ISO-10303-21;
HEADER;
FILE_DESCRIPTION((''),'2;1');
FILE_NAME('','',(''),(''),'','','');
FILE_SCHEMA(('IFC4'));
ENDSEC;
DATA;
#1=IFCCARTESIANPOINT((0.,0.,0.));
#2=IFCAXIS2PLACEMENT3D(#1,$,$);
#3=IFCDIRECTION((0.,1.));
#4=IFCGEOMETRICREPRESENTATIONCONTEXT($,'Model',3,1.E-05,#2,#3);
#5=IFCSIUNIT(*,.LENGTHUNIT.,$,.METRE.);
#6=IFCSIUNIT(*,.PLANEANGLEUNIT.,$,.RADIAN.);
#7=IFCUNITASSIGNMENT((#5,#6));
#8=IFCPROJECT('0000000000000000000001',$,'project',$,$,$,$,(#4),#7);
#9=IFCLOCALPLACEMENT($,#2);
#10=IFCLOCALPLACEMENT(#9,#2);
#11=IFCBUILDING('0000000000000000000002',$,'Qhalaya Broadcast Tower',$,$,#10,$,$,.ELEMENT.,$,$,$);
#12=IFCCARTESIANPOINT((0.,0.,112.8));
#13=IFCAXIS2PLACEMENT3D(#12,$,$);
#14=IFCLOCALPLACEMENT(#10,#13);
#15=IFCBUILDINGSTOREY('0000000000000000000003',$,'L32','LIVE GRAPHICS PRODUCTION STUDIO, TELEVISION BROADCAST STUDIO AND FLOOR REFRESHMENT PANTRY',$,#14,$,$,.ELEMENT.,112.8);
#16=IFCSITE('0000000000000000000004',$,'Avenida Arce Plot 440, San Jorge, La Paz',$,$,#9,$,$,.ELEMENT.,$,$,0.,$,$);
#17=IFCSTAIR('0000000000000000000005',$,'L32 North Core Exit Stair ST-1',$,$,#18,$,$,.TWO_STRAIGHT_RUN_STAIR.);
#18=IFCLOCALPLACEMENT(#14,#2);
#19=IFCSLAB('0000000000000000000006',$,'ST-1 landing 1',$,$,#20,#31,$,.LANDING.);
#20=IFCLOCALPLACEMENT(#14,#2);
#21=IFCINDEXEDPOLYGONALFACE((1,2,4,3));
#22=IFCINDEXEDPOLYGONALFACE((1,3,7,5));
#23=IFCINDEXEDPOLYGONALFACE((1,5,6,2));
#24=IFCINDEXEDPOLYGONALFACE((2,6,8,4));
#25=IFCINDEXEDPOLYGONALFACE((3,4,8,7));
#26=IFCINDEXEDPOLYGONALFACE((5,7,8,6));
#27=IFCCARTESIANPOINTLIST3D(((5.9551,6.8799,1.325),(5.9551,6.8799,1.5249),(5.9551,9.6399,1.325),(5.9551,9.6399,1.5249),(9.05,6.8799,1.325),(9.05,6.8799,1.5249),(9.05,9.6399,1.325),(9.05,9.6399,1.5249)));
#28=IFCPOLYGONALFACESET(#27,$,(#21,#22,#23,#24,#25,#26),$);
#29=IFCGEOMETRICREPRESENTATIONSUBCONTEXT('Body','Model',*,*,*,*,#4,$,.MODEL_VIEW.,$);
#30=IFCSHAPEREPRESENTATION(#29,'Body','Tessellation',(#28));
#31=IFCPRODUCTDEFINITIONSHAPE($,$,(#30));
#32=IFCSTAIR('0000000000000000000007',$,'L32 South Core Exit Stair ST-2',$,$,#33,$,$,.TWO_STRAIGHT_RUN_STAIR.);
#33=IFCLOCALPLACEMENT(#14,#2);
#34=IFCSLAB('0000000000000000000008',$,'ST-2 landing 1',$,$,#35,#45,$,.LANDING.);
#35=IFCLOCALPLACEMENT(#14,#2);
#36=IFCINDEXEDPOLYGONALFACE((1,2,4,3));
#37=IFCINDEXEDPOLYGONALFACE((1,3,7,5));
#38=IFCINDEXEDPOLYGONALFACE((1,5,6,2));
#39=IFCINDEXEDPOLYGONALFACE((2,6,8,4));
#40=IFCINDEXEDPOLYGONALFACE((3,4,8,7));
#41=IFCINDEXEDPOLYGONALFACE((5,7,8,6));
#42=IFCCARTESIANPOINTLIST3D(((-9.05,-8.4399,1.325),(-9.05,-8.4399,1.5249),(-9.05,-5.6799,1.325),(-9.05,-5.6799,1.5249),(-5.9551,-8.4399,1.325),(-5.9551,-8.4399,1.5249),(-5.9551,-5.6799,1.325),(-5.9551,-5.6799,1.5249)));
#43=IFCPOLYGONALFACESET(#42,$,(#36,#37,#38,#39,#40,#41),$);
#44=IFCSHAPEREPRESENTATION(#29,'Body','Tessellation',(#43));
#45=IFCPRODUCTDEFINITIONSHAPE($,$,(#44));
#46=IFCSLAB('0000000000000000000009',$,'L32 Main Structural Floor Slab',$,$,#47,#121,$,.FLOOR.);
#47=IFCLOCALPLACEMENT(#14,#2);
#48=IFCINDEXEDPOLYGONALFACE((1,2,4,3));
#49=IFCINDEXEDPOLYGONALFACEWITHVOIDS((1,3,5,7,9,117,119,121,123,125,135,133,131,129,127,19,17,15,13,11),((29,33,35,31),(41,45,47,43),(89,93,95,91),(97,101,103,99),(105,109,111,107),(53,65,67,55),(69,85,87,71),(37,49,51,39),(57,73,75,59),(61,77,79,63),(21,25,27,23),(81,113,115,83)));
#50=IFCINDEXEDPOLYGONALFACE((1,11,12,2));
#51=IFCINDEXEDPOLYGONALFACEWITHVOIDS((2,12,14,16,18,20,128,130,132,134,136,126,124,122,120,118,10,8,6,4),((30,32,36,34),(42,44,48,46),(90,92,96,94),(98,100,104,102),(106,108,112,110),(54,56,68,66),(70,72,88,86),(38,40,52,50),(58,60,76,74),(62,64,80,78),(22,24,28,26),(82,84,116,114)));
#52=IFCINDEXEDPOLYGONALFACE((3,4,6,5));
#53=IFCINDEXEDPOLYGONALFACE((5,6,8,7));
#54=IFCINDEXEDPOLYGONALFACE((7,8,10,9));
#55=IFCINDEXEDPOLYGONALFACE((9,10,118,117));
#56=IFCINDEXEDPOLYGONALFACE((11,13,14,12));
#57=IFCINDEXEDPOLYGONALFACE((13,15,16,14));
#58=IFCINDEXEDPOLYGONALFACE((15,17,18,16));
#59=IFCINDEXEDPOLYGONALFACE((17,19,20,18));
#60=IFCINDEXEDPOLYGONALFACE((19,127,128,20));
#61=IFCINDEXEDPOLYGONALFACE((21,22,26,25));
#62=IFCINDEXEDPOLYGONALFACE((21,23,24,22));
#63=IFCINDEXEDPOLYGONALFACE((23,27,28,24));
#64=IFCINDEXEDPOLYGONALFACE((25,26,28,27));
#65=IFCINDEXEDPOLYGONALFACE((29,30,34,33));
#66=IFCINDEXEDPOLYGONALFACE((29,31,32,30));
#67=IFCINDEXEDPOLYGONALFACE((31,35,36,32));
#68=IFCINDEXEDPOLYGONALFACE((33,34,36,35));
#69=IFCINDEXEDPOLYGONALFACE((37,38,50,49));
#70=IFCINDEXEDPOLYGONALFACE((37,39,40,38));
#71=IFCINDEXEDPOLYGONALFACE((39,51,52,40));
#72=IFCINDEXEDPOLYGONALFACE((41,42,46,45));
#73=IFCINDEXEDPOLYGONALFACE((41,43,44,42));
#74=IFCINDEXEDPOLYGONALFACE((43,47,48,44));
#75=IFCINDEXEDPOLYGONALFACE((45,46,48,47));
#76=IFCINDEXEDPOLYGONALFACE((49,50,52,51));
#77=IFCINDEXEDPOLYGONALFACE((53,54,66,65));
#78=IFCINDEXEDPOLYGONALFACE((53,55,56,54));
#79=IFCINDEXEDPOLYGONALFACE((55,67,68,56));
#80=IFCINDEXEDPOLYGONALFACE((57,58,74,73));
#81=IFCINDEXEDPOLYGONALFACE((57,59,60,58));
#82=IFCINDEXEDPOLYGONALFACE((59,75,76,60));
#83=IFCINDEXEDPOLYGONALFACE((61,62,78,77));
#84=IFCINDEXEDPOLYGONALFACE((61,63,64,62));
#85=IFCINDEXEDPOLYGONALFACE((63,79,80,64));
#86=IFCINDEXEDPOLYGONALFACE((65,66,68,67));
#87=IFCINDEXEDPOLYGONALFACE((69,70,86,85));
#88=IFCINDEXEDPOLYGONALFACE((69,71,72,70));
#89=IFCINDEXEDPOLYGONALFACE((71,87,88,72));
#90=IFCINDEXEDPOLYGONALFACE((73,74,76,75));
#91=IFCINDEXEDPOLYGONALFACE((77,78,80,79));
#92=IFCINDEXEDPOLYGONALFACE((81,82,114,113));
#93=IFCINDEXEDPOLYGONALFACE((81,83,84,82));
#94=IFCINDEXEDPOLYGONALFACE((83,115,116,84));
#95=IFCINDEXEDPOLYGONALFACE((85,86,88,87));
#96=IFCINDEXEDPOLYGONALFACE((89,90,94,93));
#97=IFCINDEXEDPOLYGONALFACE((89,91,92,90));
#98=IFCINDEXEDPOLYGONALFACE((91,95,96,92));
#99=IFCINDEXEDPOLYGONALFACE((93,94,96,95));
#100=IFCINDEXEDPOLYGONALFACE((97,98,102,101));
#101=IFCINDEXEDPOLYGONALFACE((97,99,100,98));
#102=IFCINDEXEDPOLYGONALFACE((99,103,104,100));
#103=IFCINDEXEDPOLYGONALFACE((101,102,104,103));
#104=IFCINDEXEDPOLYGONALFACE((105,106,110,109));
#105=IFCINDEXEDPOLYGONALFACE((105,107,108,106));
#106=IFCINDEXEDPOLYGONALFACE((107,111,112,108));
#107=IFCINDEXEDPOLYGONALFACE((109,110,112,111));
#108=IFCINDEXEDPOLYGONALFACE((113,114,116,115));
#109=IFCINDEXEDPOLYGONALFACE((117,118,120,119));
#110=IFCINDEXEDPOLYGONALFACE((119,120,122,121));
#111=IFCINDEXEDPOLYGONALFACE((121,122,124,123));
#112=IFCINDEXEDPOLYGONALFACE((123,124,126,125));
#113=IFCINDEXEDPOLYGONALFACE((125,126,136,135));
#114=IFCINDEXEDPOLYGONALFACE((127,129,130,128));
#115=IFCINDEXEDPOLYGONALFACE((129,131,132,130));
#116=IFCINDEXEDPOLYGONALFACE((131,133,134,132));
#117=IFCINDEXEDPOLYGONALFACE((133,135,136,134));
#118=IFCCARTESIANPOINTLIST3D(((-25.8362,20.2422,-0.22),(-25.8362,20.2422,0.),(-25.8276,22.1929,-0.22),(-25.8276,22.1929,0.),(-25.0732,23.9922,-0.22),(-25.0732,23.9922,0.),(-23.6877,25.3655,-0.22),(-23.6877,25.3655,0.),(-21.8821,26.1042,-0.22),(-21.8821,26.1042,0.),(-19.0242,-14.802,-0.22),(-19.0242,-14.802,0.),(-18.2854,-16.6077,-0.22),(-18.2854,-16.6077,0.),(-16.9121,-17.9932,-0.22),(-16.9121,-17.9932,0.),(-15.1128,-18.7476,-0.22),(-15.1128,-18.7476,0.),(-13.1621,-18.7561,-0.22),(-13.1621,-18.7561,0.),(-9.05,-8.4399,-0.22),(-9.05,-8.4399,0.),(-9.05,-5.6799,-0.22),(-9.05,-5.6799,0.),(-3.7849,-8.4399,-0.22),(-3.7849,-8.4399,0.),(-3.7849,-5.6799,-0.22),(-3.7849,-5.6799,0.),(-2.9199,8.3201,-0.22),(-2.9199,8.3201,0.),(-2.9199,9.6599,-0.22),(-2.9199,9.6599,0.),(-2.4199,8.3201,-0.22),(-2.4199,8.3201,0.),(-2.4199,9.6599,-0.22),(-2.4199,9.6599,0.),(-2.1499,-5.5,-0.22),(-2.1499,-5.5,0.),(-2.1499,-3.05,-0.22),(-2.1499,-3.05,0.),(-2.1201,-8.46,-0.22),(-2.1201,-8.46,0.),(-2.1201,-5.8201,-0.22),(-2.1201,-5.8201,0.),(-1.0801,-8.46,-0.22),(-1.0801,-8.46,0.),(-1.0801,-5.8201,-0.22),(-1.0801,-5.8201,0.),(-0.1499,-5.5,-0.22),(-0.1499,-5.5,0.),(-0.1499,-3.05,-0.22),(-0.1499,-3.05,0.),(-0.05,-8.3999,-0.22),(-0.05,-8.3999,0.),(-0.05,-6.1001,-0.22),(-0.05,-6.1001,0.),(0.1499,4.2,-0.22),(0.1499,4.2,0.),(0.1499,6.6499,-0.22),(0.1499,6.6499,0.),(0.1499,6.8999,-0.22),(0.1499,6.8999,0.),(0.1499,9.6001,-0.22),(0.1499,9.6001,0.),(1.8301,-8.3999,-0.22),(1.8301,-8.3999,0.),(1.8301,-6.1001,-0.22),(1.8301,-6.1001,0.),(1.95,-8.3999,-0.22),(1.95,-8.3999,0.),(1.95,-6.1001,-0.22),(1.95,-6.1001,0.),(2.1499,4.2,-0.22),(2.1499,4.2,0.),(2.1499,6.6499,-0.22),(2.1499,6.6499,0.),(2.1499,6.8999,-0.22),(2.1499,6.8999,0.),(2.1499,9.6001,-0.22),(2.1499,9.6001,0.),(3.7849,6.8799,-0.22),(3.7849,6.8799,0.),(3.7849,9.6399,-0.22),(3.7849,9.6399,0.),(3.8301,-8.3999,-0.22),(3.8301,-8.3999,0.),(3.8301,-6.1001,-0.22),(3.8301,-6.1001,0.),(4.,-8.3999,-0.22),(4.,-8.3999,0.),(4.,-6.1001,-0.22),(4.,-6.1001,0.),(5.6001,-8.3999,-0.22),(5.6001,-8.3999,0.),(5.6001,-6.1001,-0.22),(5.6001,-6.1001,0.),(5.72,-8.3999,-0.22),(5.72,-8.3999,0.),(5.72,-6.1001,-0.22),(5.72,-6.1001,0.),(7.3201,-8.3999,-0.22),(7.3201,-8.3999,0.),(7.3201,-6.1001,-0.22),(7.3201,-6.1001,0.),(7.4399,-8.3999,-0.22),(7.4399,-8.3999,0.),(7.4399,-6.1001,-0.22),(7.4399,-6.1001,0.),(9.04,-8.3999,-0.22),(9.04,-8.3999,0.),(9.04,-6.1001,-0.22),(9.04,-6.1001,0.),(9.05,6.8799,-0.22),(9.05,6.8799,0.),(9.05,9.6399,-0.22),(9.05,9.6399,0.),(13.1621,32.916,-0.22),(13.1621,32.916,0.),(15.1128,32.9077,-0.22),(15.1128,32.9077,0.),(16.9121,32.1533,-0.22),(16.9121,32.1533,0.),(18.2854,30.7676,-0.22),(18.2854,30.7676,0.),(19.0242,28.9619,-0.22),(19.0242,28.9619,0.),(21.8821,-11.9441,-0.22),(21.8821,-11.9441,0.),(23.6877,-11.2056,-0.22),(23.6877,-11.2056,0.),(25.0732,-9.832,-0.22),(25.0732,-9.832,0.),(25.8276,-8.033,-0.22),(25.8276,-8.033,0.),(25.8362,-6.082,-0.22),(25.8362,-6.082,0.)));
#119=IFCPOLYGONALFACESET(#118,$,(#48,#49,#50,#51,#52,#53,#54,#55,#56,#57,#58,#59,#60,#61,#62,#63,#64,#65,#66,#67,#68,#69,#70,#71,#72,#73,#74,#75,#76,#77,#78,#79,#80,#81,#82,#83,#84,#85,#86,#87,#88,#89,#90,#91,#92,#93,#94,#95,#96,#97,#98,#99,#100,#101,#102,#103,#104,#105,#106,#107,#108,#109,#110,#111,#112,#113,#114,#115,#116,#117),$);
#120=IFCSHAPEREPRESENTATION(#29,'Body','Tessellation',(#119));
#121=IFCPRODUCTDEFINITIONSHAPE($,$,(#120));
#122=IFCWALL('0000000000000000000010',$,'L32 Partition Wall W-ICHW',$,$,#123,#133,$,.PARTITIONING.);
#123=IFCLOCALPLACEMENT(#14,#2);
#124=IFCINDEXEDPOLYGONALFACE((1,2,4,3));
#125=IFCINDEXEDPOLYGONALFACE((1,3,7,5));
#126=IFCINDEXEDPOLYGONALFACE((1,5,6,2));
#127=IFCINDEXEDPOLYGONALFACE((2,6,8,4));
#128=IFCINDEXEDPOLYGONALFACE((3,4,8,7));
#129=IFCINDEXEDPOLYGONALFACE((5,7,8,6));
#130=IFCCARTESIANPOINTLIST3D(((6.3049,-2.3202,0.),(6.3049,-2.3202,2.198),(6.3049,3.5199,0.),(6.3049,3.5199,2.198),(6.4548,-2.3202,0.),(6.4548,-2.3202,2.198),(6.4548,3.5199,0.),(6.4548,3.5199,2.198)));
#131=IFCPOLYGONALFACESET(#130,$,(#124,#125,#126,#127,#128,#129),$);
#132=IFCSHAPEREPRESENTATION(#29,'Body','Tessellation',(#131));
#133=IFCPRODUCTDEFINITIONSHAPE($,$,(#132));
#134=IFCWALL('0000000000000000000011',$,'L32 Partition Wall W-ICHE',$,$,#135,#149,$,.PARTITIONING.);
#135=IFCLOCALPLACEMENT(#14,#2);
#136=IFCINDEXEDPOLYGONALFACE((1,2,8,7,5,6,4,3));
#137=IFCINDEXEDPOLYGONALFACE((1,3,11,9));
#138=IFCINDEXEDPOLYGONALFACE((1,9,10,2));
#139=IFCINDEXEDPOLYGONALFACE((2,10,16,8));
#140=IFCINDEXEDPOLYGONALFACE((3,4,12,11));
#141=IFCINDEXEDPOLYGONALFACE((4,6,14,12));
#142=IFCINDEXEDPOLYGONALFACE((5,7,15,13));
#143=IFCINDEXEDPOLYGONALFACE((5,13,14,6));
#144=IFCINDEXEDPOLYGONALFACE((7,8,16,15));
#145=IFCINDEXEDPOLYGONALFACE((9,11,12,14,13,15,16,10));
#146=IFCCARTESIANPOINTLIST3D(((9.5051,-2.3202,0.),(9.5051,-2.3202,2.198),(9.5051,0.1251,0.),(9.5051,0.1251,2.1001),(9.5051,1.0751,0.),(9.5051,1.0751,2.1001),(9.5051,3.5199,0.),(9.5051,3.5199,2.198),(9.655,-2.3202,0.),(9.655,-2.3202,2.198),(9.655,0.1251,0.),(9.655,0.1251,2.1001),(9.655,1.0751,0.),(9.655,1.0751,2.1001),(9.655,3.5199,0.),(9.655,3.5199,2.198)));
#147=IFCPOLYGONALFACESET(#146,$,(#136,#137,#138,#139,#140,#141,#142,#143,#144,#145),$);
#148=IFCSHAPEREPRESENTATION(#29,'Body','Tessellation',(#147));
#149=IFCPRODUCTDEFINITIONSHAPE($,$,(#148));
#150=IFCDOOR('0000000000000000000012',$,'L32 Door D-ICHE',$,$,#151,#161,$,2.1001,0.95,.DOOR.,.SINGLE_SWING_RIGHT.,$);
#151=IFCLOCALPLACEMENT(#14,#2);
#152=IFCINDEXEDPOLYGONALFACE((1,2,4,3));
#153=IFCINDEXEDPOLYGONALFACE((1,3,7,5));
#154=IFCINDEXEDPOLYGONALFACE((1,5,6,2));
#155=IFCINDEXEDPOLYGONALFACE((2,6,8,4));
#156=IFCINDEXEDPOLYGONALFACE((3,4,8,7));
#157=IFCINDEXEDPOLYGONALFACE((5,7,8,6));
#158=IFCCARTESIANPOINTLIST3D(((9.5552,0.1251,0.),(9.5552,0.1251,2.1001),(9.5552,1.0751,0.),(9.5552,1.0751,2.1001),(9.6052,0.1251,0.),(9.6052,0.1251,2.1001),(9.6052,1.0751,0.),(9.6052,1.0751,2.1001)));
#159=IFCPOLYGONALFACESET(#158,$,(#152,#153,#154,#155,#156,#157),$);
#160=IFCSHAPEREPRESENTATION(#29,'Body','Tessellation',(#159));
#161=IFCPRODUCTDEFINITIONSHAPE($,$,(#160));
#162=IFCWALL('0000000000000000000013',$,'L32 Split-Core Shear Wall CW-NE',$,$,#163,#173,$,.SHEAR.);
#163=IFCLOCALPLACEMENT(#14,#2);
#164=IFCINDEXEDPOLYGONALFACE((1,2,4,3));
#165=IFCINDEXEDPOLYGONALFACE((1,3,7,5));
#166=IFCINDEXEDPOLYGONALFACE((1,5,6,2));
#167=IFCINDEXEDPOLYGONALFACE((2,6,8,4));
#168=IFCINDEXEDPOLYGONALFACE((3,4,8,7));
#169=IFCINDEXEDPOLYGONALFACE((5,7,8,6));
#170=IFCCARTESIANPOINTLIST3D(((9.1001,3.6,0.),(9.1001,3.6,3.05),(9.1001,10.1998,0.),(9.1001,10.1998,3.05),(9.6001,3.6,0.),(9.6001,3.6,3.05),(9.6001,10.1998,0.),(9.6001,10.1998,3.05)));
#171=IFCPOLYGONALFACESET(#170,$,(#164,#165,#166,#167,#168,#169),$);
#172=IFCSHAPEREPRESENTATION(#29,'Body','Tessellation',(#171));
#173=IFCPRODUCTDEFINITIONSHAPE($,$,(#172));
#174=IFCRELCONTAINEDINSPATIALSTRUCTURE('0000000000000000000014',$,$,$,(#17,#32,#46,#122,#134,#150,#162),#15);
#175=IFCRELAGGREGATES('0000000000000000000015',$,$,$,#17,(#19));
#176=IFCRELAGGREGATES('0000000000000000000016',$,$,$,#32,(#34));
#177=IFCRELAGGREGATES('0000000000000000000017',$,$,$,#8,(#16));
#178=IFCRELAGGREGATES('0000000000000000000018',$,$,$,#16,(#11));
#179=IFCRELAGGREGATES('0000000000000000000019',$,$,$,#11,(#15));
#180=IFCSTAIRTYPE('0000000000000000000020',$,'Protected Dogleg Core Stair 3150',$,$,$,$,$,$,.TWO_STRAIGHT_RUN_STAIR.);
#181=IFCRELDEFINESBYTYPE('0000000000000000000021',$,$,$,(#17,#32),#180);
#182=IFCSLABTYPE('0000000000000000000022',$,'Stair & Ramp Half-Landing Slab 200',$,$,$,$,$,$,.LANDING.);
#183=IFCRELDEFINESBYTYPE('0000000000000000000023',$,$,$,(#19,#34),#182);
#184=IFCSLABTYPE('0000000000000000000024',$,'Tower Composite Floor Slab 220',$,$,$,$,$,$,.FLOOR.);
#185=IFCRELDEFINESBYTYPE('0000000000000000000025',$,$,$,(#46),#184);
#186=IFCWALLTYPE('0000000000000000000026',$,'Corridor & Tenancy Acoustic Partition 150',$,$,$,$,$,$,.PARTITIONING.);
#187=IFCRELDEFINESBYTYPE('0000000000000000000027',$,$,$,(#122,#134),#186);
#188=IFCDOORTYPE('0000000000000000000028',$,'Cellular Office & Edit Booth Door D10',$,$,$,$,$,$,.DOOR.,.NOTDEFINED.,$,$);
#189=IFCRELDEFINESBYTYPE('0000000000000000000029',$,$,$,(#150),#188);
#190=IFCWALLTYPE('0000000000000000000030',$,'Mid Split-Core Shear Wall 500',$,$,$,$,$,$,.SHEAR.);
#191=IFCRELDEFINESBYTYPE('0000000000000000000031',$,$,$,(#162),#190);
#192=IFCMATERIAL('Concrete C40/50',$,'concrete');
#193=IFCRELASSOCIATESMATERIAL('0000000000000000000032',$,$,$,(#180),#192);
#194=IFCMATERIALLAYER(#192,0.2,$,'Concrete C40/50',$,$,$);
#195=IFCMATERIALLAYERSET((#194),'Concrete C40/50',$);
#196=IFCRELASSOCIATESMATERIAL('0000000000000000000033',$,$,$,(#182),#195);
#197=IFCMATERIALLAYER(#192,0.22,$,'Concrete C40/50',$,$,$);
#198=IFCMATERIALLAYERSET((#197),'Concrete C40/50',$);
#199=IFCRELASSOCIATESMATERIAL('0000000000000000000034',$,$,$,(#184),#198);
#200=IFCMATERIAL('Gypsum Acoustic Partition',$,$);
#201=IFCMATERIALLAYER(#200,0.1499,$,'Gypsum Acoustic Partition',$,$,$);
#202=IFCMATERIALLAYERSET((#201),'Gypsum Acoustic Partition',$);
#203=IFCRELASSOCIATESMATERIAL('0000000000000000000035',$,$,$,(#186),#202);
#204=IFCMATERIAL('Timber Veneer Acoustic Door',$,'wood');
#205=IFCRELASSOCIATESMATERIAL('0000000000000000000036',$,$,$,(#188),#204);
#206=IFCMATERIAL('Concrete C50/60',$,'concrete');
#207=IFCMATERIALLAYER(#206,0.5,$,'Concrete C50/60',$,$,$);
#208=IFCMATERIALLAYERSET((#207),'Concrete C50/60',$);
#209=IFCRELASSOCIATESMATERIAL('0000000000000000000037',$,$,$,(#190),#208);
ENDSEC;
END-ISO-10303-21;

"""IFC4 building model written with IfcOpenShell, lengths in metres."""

from ifc_helpers import new_model, si_unit, direction, frame, frame_2d, origin, place, context, subcontext, project, spatial, polyline, rectangle, outline, extrude, material, layer, layer_set, type_object, element, fill, aggregate, save


model = new_model("IFC4")

# Units and contexts
model_context = context("Model", 3, precision=1e-05, world=origin(), true_north=direction((0.0, 1.0)))
body_context = subcontext(model_context, "Body", "Model", "MODEL_VIEW")
ifc_project = project(units=[si_unit("LENGTHUNIT", "METRE"), si_unit("PLANEANGLEUNIT", "RADIAN")], contexts=[model_context])

# Site, building, storey
site_placement = place(None, origin())
site = spatial("IfcSite", under=ifc_project, at=site_placement, Name="Avenida Arce Plot 440, San Jorge, La Paz", CompositionType="ELEMENT", RefElevation=0.0)
building_placement = place(site_placement, origin())
building = spatial("IfcBuilding", under=site, at=building_placement, Name="Qhalaya Broadcast Tower", CompositionType="ELEMENT")
storey_placement = place(building_placement, frame((0.0, 0.0, 112.8)))
storey = spatial("IfcBuildingStorey", under=building, at=storey_placement, Name="L32", Description="LIVE GRAPHICS PRODUCTION STUDIO, TELEVISION BROADCAST STUDIO AND FLOOR REFRESHMENT PANTRY", CompositionType="ELEMENT", Elevation=112.8)

# Shared definitions
ifc_material_1 = material(Name="Concrete C50/60", Category="concrete")

# Stairs, slabs
ifc_material_2 = material(Name="Concrete C40/50", Category="concrete")
stair_type = type_object("IfcStairType", Name="Protected Dogleg Core Stair 3150", PredefinedType="TWO_STRAIGHT_RUN_STAIR", material=ifc_material_2)
stair_1_placement = place(storey_placement, origin())
stair_1 = element("IfcStair", 1, at=stair_1_placement, inside=storey, type_object=stair_type, Name="L32 North Core Exit Stair ST-1", PredefinedType="TWO_STRAIGHT_RUN_STAIR")
ifc_layer_1 = layer(ifc_material_2, 0.2, Name="Concrete C40/50")
ifc_layer_set_1 = layer_set([ifc_layer_1], Name="Concrete C40/50")
slab_type_1 = type_object("IfcSlabType", Name="Stair & Ramp Half-Landing Slab 200", PredefinedType="LANDING", material=ifc_layer_set_1)
slab_1_placement = place(storey_placement, frame((0.0, 0.0, 1.325)))
slab_1 = element("IfcSlab", 2, at=slab_1_placement, type_object=slab_type_1, Name="ST-1 landing 1", PredefinedType="LANDING", context=body_context, shape_type="SweptSolid", body=[
    extrude(outline(polyline([(5.9551, 6.8799), (9.05, 6.8799), (9.05, 9.6399), (5.9551, 9.6399), (5.9551, 6.8799)])), origin(), (0.0, 0.0, 1.0), 0.2),
])
aggregate(stair_1, [slab_1])
stair_2_placement = place(storey_placement, origin())
stair_2 = element("IfcStair", 3, at=stair_2_placement, inside=storey, type_object=stair_type, Name="L32 South Core Exit Stair ST-2", PredefinedType="TWO_STRAIGHT_RUN_STAIR")
slab_2_placement = place(storey_placement, frame((0.0, 0.0, 1.325)))
slab_2 = element("IfcSlab", 4, at=slab_2_placement, type_object=slab_type_1, Name="ST-2 landing 1", PredefinedType="LANDING", context=body_context, shape_type="SweptSolid", body=[
    extrude(outline(polyline([(-5.9551, -5.6799), (-9.05, -5.6799), (-9.05, -8.4399), (-5.9551, -8.4399), (-5.9551, -5.6799)])), origin(), (0.0, 0.0, 1.0), 0.2),
])
aggregate(stair_2, [slab_2])

# Slab
ifc_layer_2 = layer(ifc_material_2, 0.22, Name="Concrete C40/50")
ifc_layer_set_2 = layer_set([ifc_layer_2], Name="Concrete C40/50")
slab_type_2 = type_object("IfcSlabType", Name="Tower Composite Floor Slab 220", PredefinedType="FLOOR", material=ifc_layer_set_2)
slab_3_placement = place(storey_placement, frame((0.0, 0.0, -0.22)))
element("IfcSlab", 5, at=slab_3_placement, inside=storey, type_object=slab_type_2, Name="L32 Main Structural Floor Slab", PredefinedType="FLOOR", context=body_context, shape_type="SweptSolid", body=[
    extrude(outline(polyline([(21.8821, -11.9441), (23.6877, -11.2056), (25.0732, -9.832), (25.8276, -8.033), (25.8362, -6.082), (19.0242, 28.9619), (18.2854, 30.7676), (16.9121, 32.1533), (15.1128, 32.9077), (13.1621, 32.916), (-21.8821, 26.1042), (-23.6877, 25.3655), (-25.0732, 23.9922), (-25.8276, 22.1929), (-25.8362, 20.2422), (-19.0242, -14.802), (-18.2854, -16.6077), (-16.9121, -17.9932), (-15.1128, -18.7476), (-13.1621, -18.7561), (21.8821, -11.9441)]), holes=[polyline([(3.7849, 9.6399), (9.05, 9.6399), (9.05, 6.8799), (3.7849, 6.8799), (3.7849, 9.6399)]), polyline([(-3.7849, -8.4399), (-9.05, -8.4399), (-9.05, -5.6799), (-3.7849, -5.6799), (-3.7849, -8.4399)]), polyline([(0.1499, 6.6499), (2.1499, 6.6499), (2.1499, 4.2), (0.1499, 4.2), (0.1499, 6.6499)]), polyline([(0.1499, 9.6001), (2.1499, 9.6001), (2.1499, 6.8999), (0.1499, 6.8999), (0.1499, 9.6001)]), polyline([(-2.1499, -3.05), (-0.1499, -3.05), (-0.1499, -5.5), (-2.1499, -5.5), (-2.1499, -3.05)]), polyline([(-0.05, -6.1001), (1.8301, -6.1001), (1.8301, -8.3999), (-0.05, -8.3999), (-0.05, -6.1001)]), polyline([(1.95, -6.1001), (3.8301, -6.1001), (3.8301, -8.3999), (1.95, -8.3999), (1.95, -6.1001)]), polyline([(4.0, -6.1001), (5.6001, -6.1001), (5.6001, -8.3999), (4.0, -8.3999), (4.0, -6.1001)]), polyline([(5.72, -6.1001), (7.3201, -6.1001), (7.3201, -8.3999), (5.72, -8.3999), (5.72, -6.1001)]), polyline([(7.4399, -6.1001), (9.04, -6.1001), (9.04, -8.3999), (7.4399, -8.3999), (7.4399, -6.1001)]), polyline([(-2.9199, 9.6599), (-2.4199, 9.6599), (-2.4199, 8.3201), (-2.9199, 8.3201), (-2.9199, 9.6599)]), polyline([(-2.1201, -5.8201), (-1.0801, -5.8201), (-1.0801, -8.46), (-2.1201, -8.46), (-2.1201, -5.8201)])]), origin(), (0.0, 0.0, 1.0), 0.22),
])

# Wall
ifc_material_3 = material(Name="Gypsum Acoustic Partition")
ifc_layer_3 = layer(ifc_material_3, 0.1499, Name="Gypsum Acoustic Partition")
ifc_layer_set_3 = layer_set([ifc_layer_3], Name="Gypsum Acoustic Partition")
wall_type_1 = type_object("IfcWallType", Name="Corridor & Tenancy Acoustic Partition 150", PredefinedType="PARTITIONING", material=ifc_layer_set_3)
wall_1_placement = place(storey_placement, frame((6.3799, -2.3201, 0.0), z_axis=(0.0, 0.0, 1.0), x_axis=(0.0, 1.0, 0.0)))
element("IfcWall", 6, at=wall_1_placement, inside=storey, type_object=wall_type_1, Name="L32 Partition Wall W-ICHW", PredefinedType="PARTITIONING", context=body_context, shape_type="SweptSolid", body=[
    extrude(rectangle(XDim=5.8401, YDim=0.1499, at=frame_2d((2.9199, 0.0))), origin(), (0.0, 0.0, 1.0), 2.198),
])

# Wall, opening, door
wall_2_placement = place(storey_placement, frame((9.5801, -2.3201, 0.0), z_axis=(0.0, 0.0, 1.0), x_axis=(0.0, 1.0, 0.0)))
wall_2 = element("IfcWall", 7, at=wall_2_placement, inside=storey, type_object=wall_type_1, Name="L32 Partition Wall W-ICHE", PredefinedType="PARTITIONING", context=body_context, shape_type="SweptSolid", body=[
    extrude(rectangle(XDim=5.8401, YDim=0.1499, at=frame_2d((2.9199, 0.0))), origin(), (0.0, 0.0, 1.0), 2.198),
])
opening_1_placement = place(wall_2_placement, frame((2.4451, 0.0, 0.0)))
opening_1 = element("IfcOpeningElement", 8, at=opening_1_placement, cuts=wall_2, PredefinedType="OPENING", context=body_context, shape_type="SweptSolid", body=[
    extrude(rectangle(XDim=0.95, YDim=2.1001, at=frame_2d((0.4751, 1.05))), frame((0.0, 0.0869, 0.0), z_axis=(0.0, -1.0, 0.0), x_axis=(1.0, 0.0, 0.0)), (0.0, 0.0, 1.0), 0.1738),
])
ifc_material_4 = material(Name="Timber Veneer Acoustic Door", Category="wood")
door_type_1 = type_object("IfcDoorType", Name="Cellular Office & Edit Booth Door D10", OperationType="NOTDEFINED", PredefinedType="DOOR", material=ifc_material_4)
door_1_placement = place(opening_1_placement, origin())
door_1 = element("IfcDoor", 9, at=door_1_placement, inside=storey, type_object=door_type_1, Name="L32 Door D-ICHE", OperationType="SINGLE_SWING_RIGHT", OverallHeight=2.1001, OverallWidth=0.95, PredefinedType="DOOR", context=body_context, shape_type="SweptSolid", body=[
    extrude(rectangle(XDim=0.95, YDim=2.1001, at=frame_2d((0.4751, 1.05))), frame((0.0, 0.0249, 0.0), z_axis=(0.0, -1.0, 0.0), x_axis=(1.0, 0.0, 0.0)), (0.0, 0.0, 1.0), 0.05),
])
fill(opening_1, door_1)

# Wall
ifc_layer_4 = layer(ifc_material_1, 0.5, Name="Concrete C50/60")
ifc_layer_set_4 = layer_set([ifc_layer_4], Name="Concrete C50/60")
wall_type_2 = type_object("IfcWallType", Name="Mid Split-Core Shear Wall 500", PredefinedType="SHEAR", material=ifc_layer_set_4)
wall_3_placement = place(storey_placement, frame((9.3501, 3.6001, 0.0), z_axis=(0.0, 0.0, 1.0), x_axis=(0.0, 1.0, 0.0)))
element("IfcWall", 10, at=wall_3_placement, inside=storey, type_object=wall_type_2, Name="L32 Split-Core Shear Wall CW-NE", PredefinedType="SHEAR", context=body_context, shape_type="SweptSolid", body=[
    extrude(rectangle(XDim=6.5999, YDim=0.5, at=frame_2d((3.2998, 0.0))), origin(), (0.0, 0.0, 1.0), 3.05),
])

save(model, "model.ifc")
